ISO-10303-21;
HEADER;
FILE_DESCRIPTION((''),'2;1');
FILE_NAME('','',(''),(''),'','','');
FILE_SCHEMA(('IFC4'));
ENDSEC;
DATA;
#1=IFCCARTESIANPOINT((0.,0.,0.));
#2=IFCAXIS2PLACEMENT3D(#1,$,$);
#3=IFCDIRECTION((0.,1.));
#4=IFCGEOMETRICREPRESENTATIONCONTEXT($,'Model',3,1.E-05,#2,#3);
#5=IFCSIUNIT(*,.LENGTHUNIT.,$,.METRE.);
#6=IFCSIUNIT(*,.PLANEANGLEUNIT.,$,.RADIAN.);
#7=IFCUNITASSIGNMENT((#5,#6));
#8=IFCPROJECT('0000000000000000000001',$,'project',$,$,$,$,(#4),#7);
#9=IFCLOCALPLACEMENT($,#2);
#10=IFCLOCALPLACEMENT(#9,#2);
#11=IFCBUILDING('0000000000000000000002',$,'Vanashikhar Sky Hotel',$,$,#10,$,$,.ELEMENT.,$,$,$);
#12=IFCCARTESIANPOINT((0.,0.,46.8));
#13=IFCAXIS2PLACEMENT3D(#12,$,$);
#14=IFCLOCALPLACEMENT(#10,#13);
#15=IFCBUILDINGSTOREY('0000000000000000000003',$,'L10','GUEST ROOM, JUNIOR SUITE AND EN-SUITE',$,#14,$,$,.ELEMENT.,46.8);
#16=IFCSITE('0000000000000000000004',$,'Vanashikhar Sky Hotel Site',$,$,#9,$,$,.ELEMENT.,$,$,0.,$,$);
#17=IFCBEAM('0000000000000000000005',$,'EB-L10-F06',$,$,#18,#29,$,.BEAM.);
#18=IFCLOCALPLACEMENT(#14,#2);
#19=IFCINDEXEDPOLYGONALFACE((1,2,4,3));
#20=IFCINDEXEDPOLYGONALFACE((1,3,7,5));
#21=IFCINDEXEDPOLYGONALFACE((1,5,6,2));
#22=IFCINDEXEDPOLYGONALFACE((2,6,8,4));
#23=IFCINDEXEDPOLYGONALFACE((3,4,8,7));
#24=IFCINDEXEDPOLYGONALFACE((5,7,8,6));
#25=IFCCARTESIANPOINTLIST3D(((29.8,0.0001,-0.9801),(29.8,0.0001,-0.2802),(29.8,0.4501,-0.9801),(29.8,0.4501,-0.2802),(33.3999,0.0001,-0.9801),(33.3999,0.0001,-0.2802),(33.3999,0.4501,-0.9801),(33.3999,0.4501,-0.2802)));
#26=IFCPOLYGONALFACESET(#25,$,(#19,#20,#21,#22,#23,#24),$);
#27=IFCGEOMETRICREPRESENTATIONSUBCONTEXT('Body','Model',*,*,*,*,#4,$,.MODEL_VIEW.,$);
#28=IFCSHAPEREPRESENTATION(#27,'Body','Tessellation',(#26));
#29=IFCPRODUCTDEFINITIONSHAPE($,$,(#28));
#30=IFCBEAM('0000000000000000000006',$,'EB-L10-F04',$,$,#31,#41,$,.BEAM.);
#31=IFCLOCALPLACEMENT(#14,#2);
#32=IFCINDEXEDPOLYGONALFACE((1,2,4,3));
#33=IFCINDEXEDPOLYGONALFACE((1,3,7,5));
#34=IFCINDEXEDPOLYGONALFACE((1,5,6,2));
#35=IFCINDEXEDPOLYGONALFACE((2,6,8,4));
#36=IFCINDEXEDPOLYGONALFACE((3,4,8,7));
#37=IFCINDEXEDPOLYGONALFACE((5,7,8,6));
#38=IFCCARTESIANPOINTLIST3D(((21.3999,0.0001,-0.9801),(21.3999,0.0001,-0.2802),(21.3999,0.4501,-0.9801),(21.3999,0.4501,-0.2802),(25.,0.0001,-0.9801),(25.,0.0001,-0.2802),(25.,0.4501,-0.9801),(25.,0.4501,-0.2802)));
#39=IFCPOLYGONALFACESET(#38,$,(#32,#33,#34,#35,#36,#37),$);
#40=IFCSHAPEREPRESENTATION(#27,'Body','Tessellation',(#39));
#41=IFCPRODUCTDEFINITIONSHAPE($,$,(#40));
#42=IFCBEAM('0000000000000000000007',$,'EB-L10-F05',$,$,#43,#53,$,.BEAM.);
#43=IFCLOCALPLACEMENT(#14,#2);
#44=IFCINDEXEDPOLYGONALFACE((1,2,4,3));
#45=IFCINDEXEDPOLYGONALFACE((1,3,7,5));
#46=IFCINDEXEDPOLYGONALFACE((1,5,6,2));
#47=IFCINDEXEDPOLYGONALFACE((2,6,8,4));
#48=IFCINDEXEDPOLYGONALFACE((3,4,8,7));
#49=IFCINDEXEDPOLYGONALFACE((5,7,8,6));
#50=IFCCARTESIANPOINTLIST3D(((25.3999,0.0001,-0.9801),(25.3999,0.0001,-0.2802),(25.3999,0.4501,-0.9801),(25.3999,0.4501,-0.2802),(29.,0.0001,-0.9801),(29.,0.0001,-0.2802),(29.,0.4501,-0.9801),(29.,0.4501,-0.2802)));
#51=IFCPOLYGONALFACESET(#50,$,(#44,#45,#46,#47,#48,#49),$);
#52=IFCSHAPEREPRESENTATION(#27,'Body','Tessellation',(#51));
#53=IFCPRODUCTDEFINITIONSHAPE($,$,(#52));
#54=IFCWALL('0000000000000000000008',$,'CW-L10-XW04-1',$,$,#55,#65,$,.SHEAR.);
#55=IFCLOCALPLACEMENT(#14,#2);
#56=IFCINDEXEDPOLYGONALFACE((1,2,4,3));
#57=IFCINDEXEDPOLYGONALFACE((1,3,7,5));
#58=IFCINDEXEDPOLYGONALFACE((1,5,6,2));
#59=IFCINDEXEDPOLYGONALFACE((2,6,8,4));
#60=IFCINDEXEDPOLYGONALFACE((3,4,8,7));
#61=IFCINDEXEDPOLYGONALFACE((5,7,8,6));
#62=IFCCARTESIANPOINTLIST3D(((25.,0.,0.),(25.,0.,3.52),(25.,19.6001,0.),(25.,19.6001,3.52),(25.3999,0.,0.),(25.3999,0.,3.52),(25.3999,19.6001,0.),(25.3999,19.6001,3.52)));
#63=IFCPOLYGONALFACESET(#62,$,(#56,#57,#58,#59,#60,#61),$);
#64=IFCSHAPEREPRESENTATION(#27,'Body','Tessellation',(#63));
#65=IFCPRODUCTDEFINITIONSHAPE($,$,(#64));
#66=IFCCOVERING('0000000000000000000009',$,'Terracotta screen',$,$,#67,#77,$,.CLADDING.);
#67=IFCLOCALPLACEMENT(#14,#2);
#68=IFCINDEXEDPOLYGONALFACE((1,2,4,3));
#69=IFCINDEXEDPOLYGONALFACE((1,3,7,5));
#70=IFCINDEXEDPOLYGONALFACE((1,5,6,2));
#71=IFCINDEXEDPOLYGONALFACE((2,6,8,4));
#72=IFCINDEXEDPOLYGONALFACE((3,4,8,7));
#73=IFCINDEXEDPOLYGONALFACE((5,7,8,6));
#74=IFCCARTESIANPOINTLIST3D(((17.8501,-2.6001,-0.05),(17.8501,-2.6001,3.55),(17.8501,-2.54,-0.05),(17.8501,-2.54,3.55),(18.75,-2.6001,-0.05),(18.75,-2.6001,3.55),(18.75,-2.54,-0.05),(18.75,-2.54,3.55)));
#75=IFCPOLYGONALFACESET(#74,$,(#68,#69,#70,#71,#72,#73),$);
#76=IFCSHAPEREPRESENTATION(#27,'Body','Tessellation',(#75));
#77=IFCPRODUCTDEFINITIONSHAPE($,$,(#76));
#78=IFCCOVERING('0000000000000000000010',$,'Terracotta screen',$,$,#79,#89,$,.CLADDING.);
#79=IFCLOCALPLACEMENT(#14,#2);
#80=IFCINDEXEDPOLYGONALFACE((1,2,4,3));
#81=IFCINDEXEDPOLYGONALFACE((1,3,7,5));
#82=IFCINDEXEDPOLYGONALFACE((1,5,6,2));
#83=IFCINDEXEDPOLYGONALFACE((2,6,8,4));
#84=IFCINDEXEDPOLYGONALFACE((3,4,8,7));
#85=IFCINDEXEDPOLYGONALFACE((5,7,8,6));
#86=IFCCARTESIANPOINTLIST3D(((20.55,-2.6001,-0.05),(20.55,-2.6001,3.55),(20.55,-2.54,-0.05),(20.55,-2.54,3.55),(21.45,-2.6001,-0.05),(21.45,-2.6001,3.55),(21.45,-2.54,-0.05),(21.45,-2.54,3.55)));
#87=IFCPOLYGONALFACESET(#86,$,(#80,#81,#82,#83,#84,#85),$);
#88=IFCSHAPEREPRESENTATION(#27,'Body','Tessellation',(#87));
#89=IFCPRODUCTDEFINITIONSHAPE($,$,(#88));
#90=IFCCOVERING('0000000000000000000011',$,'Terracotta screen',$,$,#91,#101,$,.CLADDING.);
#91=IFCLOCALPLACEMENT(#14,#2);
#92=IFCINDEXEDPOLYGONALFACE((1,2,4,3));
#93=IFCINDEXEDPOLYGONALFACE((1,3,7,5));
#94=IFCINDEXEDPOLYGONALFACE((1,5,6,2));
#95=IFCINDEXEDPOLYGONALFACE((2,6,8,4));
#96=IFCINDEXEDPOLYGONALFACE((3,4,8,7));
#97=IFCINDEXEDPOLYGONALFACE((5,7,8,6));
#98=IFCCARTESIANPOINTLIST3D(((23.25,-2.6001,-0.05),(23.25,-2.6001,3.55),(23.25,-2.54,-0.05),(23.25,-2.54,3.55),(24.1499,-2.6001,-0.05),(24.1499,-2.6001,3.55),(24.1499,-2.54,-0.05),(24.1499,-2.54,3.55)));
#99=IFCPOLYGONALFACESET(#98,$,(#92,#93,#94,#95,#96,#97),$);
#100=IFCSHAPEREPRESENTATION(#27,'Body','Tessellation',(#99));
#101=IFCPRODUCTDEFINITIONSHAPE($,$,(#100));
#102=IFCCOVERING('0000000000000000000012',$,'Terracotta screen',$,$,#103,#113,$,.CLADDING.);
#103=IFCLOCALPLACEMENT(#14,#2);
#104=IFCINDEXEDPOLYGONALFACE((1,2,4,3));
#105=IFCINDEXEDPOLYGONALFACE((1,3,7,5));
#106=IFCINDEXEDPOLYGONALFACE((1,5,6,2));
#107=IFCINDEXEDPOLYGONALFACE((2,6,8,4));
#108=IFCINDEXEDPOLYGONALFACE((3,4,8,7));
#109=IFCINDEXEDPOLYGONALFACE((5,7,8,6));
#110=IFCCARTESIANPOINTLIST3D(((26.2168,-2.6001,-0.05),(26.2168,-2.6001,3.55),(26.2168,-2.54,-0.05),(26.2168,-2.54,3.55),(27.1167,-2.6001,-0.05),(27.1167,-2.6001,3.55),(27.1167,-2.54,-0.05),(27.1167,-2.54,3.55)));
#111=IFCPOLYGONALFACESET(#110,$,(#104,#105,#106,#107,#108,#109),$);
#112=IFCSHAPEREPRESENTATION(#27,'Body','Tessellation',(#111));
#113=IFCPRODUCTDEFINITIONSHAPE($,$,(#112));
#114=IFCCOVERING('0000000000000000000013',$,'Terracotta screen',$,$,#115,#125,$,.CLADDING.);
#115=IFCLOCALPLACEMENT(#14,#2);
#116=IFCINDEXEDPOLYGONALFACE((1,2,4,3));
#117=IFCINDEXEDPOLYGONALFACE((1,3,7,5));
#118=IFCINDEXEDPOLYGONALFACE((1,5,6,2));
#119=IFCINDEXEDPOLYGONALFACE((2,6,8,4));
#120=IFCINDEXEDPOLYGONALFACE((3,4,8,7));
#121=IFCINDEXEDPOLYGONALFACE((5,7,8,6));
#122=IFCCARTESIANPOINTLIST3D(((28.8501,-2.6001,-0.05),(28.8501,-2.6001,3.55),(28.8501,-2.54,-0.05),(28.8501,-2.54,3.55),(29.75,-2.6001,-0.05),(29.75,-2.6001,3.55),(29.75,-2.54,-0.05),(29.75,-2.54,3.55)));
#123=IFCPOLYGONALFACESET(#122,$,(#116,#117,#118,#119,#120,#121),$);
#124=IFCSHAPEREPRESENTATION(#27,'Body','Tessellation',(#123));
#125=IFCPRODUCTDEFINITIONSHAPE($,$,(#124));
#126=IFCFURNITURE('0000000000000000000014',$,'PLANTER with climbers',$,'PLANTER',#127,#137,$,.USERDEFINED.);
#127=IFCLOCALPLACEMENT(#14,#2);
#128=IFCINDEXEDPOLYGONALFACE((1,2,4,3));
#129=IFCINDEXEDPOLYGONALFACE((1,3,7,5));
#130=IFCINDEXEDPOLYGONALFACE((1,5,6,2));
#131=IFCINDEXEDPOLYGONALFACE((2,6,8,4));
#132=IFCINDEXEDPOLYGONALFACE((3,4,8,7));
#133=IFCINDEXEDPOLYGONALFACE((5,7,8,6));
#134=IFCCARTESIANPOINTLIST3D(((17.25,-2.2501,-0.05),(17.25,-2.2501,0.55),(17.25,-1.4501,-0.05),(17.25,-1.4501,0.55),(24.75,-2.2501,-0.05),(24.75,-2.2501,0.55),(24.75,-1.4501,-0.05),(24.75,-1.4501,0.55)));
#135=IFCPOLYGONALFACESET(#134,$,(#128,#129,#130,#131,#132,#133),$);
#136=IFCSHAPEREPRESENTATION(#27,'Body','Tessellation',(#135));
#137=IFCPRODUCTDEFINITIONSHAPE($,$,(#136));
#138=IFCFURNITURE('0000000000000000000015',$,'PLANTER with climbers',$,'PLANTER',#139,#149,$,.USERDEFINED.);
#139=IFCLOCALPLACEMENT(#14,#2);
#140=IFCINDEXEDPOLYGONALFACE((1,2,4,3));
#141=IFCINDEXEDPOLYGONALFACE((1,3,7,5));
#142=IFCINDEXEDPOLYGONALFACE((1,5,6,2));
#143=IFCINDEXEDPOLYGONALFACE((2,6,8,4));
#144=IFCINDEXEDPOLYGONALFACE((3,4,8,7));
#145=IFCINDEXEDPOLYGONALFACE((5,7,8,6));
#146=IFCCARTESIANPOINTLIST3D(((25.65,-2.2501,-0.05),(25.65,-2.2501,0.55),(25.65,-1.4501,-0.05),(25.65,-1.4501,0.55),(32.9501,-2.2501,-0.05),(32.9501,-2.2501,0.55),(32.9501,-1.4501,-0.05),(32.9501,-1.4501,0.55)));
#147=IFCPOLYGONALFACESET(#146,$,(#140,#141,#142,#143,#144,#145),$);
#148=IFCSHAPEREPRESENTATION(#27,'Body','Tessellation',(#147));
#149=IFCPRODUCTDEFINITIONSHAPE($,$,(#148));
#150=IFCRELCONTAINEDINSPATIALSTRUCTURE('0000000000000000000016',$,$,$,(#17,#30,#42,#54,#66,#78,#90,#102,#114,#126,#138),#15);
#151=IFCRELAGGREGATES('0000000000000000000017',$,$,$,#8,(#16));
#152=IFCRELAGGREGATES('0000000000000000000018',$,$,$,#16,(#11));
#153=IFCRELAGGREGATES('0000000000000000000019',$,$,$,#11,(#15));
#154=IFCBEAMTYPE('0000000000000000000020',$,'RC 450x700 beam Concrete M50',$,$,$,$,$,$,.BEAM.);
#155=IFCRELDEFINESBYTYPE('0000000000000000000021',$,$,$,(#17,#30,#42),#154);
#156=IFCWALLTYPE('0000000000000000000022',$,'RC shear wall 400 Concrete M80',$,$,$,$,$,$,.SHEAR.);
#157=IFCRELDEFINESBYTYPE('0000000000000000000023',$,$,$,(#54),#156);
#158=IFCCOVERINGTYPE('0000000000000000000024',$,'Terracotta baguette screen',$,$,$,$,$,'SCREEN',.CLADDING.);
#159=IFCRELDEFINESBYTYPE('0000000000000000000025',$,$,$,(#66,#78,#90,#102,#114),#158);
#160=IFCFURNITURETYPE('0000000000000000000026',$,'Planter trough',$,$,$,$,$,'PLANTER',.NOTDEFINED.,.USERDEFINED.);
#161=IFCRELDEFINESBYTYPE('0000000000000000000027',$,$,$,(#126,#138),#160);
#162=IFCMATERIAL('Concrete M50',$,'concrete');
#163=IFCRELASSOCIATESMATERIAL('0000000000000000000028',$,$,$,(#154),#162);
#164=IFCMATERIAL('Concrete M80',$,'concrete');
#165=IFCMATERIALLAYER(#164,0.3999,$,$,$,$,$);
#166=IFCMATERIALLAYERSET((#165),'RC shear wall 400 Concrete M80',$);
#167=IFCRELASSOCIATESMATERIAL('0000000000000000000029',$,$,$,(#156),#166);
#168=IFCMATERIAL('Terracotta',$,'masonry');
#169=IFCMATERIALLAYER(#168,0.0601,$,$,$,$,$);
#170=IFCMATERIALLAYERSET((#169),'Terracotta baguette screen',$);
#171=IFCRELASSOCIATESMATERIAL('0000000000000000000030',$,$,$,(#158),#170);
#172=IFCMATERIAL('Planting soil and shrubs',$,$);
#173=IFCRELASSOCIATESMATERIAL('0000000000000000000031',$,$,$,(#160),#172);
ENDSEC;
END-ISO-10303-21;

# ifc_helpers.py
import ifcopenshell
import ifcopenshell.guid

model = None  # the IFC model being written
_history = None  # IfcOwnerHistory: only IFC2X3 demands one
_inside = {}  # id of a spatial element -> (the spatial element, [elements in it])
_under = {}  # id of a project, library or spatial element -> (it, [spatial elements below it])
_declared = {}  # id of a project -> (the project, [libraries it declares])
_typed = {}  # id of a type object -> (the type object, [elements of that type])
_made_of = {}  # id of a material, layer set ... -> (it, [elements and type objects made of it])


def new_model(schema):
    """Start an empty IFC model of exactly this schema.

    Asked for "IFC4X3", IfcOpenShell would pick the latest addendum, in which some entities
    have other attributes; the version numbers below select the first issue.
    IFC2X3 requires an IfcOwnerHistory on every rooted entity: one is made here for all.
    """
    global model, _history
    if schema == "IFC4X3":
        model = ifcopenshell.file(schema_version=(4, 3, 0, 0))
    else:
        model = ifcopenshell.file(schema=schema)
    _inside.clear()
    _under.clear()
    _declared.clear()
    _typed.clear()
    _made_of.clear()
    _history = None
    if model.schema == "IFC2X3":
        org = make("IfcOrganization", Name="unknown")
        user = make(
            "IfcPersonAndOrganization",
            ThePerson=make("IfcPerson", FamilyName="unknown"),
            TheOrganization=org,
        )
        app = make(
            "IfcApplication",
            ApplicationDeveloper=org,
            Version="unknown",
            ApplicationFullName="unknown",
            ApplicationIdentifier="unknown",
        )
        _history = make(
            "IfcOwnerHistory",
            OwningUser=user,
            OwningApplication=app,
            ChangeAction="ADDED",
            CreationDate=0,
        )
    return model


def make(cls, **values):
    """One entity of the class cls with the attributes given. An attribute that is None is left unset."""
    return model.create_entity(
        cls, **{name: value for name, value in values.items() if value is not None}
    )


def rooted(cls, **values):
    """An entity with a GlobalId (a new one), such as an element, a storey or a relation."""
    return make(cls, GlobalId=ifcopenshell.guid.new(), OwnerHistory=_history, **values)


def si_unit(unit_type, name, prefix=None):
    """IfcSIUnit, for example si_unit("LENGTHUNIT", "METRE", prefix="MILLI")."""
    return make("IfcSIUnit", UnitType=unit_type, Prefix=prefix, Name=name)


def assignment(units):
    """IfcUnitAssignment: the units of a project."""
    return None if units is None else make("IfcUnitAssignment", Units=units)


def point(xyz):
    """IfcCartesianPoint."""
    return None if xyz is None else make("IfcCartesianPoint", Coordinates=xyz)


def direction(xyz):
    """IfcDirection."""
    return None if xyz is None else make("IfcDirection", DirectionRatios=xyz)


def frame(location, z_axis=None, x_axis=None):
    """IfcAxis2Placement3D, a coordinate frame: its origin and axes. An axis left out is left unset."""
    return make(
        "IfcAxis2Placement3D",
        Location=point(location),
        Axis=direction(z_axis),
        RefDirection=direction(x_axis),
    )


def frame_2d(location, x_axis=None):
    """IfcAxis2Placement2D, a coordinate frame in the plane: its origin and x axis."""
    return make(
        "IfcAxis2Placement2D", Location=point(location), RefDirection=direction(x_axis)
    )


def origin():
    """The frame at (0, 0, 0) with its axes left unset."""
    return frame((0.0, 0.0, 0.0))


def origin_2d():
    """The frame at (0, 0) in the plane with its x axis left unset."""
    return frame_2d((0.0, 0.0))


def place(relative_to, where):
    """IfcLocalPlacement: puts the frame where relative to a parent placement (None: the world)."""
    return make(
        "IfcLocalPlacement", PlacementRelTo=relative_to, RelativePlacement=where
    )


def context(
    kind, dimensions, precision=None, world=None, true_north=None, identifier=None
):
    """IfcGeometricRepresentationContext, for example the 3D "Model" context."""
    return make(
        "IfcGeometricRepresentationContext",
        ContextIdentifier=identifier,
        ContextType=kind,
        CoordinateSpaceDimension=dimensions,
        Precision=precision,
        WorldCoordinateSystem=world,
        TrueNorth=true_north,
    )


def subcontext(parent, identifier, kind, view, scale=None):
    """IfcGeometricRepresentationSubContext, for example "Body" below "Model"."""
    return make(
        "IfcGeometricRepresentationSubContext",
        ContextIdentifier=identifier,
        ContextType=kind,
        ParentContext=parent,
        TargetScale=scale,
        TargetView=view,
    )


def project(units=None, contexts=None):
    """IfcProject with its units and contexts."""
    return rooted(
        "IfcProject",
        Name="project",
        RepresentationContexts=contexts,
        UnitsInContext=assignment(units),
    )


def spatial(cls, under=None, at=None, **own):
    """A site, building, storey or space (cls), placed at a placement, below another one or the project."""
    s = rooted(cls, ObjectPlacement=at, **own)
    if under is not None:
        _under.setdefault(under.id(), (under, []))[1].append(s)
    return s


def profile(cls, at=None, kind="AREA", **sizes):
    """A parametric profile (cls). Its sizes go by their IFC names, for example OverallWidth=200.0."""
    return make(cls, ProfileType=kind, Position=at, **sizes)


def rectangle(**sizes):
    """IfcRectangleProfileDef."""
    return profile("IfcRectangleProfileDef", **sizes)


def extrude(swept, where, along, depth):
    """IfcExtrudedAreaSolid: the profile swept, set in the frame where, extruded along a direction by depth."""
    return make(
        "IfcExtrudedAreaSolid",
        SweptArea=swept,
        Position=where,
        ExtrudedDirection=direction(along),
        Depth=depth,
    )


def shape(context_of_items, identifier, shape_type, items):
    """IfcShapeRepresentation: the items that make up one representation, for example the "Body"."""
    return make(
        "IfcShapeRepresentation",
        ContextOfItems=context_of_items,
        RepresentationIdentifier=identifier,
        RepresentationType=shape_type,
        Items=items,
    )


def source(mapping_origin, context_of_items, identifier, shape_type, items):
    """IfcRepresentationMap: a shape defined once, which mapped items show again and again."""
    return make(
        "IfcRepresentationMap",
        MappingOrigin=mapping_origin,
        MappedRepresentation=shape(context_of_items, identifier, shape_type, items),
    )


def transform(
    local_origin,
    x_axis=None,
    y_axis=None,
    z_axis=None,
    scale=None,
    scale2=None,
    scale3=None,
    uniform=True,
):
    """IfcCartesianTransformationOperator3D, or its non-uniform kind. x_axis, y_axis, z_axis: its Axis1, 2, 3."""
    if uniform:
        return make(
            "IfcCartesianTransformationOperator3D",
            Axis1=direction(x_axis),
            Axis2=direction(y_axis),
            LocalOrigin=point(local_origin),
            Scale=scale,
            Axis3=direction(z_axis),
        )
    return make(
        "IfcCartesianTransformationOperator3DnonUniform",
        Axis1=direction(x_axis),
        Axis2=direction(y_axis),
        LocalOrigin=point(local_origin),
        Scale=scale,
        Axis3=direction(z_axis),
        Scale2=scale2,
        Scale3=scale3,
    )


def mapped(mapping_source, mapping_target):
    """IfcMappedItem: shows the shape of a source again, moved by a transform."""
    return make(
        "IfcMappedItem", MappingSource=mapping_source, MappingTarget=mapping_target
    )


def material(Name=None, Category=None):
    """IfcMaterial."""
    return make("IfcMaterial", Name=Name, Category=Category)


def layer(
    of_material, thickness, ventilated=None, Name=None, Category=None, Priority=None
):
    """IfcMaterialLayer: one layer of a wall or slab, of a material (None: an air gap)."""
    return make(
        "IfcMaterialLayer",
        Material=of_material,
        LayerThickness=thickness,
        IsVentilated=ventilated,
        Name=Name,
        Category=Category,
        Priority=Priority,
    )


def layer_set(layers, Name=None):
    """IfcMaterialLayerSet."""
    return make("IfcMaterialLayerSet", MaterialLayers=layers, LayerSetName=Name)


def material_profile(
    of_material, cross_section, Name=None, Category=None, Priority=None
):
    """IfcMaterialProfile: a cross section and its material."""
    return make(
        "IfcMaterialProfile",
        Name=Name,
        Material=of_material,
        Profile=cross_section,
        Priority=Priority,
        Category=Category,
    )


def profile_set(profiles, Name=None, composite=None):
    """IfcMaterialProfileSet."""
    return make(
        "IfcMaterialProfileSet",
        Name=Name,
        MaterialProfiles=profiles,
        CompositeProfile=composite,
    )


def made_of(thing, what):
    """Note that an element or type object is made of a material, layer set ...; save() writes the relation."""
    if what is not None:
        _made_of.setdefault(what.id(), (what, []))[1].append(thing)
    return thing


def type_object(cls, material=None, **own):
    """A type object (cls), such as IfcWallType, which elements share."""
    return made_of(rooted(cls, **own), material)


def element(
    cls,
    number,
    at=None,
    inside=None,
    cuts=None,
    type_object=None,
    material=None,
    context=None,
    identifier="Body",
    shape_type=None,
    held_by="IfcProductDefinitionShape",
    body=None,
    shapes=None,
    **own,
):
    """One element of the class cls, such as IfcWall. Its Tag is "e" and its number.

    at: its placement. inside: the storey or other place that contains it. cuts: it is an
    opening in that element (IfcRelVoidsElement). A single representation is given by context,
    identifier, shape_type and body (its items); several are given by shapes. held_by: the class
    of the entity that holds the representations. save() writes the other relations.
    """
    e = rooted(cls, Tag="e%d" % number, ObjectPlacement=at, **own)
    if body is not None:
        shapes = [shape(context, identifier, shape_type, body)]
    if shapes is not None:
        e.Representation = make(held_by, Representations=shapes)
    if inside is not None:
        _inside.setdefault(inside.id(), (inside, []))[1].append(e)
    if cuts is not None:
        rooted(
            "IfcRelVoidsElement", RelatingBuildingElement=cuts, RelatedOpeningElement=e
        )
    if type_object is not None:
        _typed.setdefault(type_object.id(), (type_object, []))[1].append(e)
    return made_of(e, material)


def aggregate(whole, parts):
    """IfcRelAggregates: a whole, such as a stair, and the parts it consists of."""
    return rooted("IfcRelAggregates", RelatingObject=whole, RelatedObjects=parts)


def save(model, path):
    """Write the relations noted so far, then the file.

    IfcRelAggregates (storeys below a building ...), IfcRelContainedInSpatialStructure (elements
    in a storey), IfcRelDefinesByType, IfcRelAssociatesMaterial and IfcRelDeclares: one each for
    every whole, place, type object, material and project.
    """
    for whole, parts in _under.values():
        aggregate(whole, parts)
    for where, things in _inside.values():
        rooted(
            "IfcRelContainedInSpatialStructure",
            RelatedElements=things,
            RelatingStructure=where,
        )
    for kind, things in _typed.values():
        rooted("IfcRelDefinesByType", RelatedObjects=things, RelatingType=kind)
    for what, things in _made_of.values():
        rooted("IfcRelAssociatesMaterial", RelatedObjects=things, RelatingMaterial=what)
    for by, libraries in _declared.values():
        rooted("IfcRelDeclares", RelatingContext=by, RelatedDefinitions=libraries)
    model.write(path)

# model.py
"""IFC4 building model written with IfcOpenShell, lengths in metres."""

from ifc_helpers import new_model, si_unit, direction, frame, frame_2d, origin, origin_2d, place, context, subcontext, project, spatial, rectangle, extrude, source, transform, mapped, material, layer, layer_set, material_profile, profile_set, type_object, element, save


model = new_model("IFC4")

# Units and contexts
model_context = context("Model", 3, precision=1e-05, world=origin(), true_north=direction((0.0, 1.0)))
body_context = subcontext(model_context, "Body", "Model", "MODEL_VIEW")
ifc_project = project(units=[si_unit("LENGTHUNIT", "METRE"), si_unit("PLANEANGLEUNIT", "RADIAN")], contexts=[model_context])

# Site, building, storey
site_placement = place(None, origin())
site = spatial("IfcSite", under=ifc_project, at=site_placement, Name="Vanashikhar Sky Hotel Site", CompositionType="ELEMENT", RefElevation=0.0)
building_placement = place(site_placement, origin())
building = spatial("IfcBuilding", under=site, at=building_placement, Name="Vanashikhar Sky Hotel", CompositionType="ELEMENT")
storey_placement = place(building_placement, frame((0.0, 0.0, 46.8)))
storey = spatial("IfcBuildingStorey", under=building, at=storey_placement, Name="L10", Description="GUEST ROOM, JUNIOR SUITE AND EN-SUITE", CompositionType="ELEMENT", Elevation=46.8)

# Beams
ifc_material_1 = material(Name="Concrete M50", Category="concrete")
ifc_material_profile = material_profile(ifc_material_1, rectangle(XDim=0.45, YDim=0.7, at=origin_2d()))
ifc_profile_set = profile_set([ifc_material_profile], Name="RC 450x700 beam Concrete M50")
beam_type = type_object("IfcBeamType", Name="RC 450x700 beam Concrete M50", PredefinedType="BEAM", material=ifc_profile_set)
shared_shape_1 = source(origin(), body_context, "Body", "SweptSolid", [
    extrude(rectangle(XDim=0.45, YDim=0.7, at=origin_2d()), origin(), (0.0, 0.0, 1.0), 3.5999),
])
beam_placement = place(storey_placement, frame((29.8, 0.2251, -0.6301), z_axis=(1.0, 0.0, 0.0), x_axis=(0.0, 1.0, 0.0)))
element("IfcBeam", 1, at=beam_placement, inside=storey, type_object=beam_type, Name="EB-L10-F06", PredefinedType="BEAM", context=body_context, shape_type="MappedRepresentation", body=[
    mapped(shared_shape_1, transform((0.0, 0.0, 0.0), scale=1.0)),
])
shared_shape_2 = source(origin(), body_context, "Body", "SweptSolid", [
    extrude(rectangle(XDim=0.45, YDim=0.7, at=origin_2d()), origin(), (0.0, 0.0, 1.0), 3.6001),
])
for number, where, z_axis, x_axis, name in (
    (2, (21.3999, 0.2251, -0.6301), (1.0, 0.0, 0.0), (0.0, 1.0, 0.0), "EB-L10-F04"),
    (3, (25.3999, 0.2251, -0.6301), (1.0, 0.0, 0.0), (0.0, 1.0, 0.0), "EB-L10-F05"),
):
    element("IfcBeam", number, at=place(storey_placement, frame(where, z_axis=z_axis, x_axis=x_axis)), inside=storey, type_object=beam_type, Name=name, PredefinedType="BEAM", context=body_context, shape_type="MappedRepresentation", body=[
        mapped(shared_shape_2, transform((0.0, 0.0, 0.0), scale=1.0)),
    ])

# Wall
ifc_material_2 = material(Name="Concrete M80", Category="concrete")
ifc_layer_1 = layer(ifc_material_2, 0.3999)
ifc_layer_set_1 = layer_set([ifc_layer_1], Name="RC shear wall 400 Concrete M80")
wall_type_1 = type_object("IfcWallType", Name="RC shear wall 400 Concrete M80", PredefinedType="SHEAR", material=ifc_layer_set_1)
shared_shape_3 = source(origin(), body_context, "Body", "SweptSolid", [
    extrude(rectangle(XDim=19.6001, YDim=0.3999, at=frame_2d((9.8, 0.0))), origin(), (0.0, 0.0, 1.0), 3.52),
])
wall_1_placement = place(storey_placement, frame((25.2, 0.0, 0.0), z_axis=(0.0, 0.0, 1.0), x_axis=(0.0, 1.0, 0.0)))
element("IfcWall", 4, at=wall_1_placement, inside=storey, type_object=wall_type_1, Name="CW-L10-XW04-1", PredefinedType="SHEAR", context=body_context, shape_type="MappedRepresentation", body=[
    mapped(shared_shape_3, transform((0.0, 0.0, 0.0), scale=1.0)),
])

# Coverings
ifc_material_3 = material(Name="Terracotta", Category="masonry")
ifc_layer_2 = layer(ifc_material_3, 0.0601)
ifc_layer_set_2 = layer_set([ifc_layer_2], Name="Terracotta baguette screen")
covering_type = type_object("IfcCoveringType", Name="Terracotta baguette screen", ElementType="SCREEN", PredefinedType="CLADDING", material=ifc_layer_set_2)
shared_shape_4 = source(origin(), body_context, "Body", "SweptSolid", [
    extrude(rectangle(XDim=0.8999, YDim=0.0601, at=origin_2d()), origin(), (0.0, 0.0, 1.0), 3.6001),
])
for number, where, z_axis, x_axis, name in (
    (5, (18.3, -2.5701, -0.05), (0.0, 0.0, 1.0), (1.0, 0.0, 0.0), "Terracotta screen"),
    (6, (21.0, -2.5701, -0.05), (0.0, 0.0, 1.0), (1.0, 0.0, 0.0), "Terracotta screen"),
    (7, (23.7, -2.5701, -0.05), (0.0, 0.0, 1.0), (1.0, 0.0, 0.0), "Terracotta screen"),
    (8, (26.6667, -2.5701, -0.05), (0.0, 0.0, 1.0), (1.0, 0.0, 0.0), "Terracotta screen"),
    (9, (29.3, -2.5701, -0.05), (0.0, 0.0, 1.0), (1.0, 0.0, 0.0), "Terracotta screen"),
):
    element("IfcCovering", number, at=place(storey_placement, frame(where, z_axis=z_axis, x_axis=x_axis)), inside=storey, type_object=covering_type, Name=name, PredefinedType="CLADDING", context=body_context, shape_type="MappedRepresentation", body=[
        mapped(shared_shape_4, transform((0.0, 0.0, 0.0), scale=1.0)),
    ])

# Furniture
ifc_material_4 = material(Name="Planting soil and shrubs")
furniture_type = type_object("IfcFurnitureType", Name="Planter trough", ElementType="PLANTER", AssemblyPlace="NOTDEFINED", PredefinedType="USERDEFINED", material=ifc_material_4)
shared_shape_5 = source(origin(), body_context, "Body", "SweptSolid", [
    extrude(rectangle(XDim=7.5, YDim=0.8, at=origin_2d()), origin(), (0.0, 0.0, 1.0), 0.6001),
])
furniture_1_placement = place(storey_placement, frame((21.0, -1.8501, -0.05), z_axis=(0.0, 0.0, 1.0), x_axis=(1.0, 0.0, 0.0)))
element("IfcFurniture", 10, at=furniture_1_placement, inside=storey, type_object=furniture_type, Name="PLANTER with climbers", ObjectType="PLANTER", PredefinedType="USERDEFINED", context=body_context, shape_type="MappedRepresentation", body=[
    mapped(shared_shape_5, transform((0.0, 0.0, 0.0), scale=1.0)),
])
shared_shape_6 = source(origin(), body_context, "Body", "SweptSolid", [
    extrude(rectangle(XDim=7.3, YDim=0.8, at=origin_2d()), origin(), (0.0, 0.0, 1.0), 0.6001),
])
furniture_2_placement = place(storey_placement, frame((29.3, -1.8501, -0.05), z_axis=(0.0, 0.0, 1.0), x_axis=(1.0, 0.0, 0.0)))
element("IfcFurniture", 11, at=furniture_2_placement, inside=storey, type_object=furniture_type, Name="PLANTER with climbers", ObjectType="PLANTER", PredefinedType="USERDEFINED", context=body_context, shape_type="MappedRepresentation", body=[
    mapped(shared_shape_6, transform((0.0, 0.0, 0.0), scale=1.0)),
])

save(model, "model.ifc")
